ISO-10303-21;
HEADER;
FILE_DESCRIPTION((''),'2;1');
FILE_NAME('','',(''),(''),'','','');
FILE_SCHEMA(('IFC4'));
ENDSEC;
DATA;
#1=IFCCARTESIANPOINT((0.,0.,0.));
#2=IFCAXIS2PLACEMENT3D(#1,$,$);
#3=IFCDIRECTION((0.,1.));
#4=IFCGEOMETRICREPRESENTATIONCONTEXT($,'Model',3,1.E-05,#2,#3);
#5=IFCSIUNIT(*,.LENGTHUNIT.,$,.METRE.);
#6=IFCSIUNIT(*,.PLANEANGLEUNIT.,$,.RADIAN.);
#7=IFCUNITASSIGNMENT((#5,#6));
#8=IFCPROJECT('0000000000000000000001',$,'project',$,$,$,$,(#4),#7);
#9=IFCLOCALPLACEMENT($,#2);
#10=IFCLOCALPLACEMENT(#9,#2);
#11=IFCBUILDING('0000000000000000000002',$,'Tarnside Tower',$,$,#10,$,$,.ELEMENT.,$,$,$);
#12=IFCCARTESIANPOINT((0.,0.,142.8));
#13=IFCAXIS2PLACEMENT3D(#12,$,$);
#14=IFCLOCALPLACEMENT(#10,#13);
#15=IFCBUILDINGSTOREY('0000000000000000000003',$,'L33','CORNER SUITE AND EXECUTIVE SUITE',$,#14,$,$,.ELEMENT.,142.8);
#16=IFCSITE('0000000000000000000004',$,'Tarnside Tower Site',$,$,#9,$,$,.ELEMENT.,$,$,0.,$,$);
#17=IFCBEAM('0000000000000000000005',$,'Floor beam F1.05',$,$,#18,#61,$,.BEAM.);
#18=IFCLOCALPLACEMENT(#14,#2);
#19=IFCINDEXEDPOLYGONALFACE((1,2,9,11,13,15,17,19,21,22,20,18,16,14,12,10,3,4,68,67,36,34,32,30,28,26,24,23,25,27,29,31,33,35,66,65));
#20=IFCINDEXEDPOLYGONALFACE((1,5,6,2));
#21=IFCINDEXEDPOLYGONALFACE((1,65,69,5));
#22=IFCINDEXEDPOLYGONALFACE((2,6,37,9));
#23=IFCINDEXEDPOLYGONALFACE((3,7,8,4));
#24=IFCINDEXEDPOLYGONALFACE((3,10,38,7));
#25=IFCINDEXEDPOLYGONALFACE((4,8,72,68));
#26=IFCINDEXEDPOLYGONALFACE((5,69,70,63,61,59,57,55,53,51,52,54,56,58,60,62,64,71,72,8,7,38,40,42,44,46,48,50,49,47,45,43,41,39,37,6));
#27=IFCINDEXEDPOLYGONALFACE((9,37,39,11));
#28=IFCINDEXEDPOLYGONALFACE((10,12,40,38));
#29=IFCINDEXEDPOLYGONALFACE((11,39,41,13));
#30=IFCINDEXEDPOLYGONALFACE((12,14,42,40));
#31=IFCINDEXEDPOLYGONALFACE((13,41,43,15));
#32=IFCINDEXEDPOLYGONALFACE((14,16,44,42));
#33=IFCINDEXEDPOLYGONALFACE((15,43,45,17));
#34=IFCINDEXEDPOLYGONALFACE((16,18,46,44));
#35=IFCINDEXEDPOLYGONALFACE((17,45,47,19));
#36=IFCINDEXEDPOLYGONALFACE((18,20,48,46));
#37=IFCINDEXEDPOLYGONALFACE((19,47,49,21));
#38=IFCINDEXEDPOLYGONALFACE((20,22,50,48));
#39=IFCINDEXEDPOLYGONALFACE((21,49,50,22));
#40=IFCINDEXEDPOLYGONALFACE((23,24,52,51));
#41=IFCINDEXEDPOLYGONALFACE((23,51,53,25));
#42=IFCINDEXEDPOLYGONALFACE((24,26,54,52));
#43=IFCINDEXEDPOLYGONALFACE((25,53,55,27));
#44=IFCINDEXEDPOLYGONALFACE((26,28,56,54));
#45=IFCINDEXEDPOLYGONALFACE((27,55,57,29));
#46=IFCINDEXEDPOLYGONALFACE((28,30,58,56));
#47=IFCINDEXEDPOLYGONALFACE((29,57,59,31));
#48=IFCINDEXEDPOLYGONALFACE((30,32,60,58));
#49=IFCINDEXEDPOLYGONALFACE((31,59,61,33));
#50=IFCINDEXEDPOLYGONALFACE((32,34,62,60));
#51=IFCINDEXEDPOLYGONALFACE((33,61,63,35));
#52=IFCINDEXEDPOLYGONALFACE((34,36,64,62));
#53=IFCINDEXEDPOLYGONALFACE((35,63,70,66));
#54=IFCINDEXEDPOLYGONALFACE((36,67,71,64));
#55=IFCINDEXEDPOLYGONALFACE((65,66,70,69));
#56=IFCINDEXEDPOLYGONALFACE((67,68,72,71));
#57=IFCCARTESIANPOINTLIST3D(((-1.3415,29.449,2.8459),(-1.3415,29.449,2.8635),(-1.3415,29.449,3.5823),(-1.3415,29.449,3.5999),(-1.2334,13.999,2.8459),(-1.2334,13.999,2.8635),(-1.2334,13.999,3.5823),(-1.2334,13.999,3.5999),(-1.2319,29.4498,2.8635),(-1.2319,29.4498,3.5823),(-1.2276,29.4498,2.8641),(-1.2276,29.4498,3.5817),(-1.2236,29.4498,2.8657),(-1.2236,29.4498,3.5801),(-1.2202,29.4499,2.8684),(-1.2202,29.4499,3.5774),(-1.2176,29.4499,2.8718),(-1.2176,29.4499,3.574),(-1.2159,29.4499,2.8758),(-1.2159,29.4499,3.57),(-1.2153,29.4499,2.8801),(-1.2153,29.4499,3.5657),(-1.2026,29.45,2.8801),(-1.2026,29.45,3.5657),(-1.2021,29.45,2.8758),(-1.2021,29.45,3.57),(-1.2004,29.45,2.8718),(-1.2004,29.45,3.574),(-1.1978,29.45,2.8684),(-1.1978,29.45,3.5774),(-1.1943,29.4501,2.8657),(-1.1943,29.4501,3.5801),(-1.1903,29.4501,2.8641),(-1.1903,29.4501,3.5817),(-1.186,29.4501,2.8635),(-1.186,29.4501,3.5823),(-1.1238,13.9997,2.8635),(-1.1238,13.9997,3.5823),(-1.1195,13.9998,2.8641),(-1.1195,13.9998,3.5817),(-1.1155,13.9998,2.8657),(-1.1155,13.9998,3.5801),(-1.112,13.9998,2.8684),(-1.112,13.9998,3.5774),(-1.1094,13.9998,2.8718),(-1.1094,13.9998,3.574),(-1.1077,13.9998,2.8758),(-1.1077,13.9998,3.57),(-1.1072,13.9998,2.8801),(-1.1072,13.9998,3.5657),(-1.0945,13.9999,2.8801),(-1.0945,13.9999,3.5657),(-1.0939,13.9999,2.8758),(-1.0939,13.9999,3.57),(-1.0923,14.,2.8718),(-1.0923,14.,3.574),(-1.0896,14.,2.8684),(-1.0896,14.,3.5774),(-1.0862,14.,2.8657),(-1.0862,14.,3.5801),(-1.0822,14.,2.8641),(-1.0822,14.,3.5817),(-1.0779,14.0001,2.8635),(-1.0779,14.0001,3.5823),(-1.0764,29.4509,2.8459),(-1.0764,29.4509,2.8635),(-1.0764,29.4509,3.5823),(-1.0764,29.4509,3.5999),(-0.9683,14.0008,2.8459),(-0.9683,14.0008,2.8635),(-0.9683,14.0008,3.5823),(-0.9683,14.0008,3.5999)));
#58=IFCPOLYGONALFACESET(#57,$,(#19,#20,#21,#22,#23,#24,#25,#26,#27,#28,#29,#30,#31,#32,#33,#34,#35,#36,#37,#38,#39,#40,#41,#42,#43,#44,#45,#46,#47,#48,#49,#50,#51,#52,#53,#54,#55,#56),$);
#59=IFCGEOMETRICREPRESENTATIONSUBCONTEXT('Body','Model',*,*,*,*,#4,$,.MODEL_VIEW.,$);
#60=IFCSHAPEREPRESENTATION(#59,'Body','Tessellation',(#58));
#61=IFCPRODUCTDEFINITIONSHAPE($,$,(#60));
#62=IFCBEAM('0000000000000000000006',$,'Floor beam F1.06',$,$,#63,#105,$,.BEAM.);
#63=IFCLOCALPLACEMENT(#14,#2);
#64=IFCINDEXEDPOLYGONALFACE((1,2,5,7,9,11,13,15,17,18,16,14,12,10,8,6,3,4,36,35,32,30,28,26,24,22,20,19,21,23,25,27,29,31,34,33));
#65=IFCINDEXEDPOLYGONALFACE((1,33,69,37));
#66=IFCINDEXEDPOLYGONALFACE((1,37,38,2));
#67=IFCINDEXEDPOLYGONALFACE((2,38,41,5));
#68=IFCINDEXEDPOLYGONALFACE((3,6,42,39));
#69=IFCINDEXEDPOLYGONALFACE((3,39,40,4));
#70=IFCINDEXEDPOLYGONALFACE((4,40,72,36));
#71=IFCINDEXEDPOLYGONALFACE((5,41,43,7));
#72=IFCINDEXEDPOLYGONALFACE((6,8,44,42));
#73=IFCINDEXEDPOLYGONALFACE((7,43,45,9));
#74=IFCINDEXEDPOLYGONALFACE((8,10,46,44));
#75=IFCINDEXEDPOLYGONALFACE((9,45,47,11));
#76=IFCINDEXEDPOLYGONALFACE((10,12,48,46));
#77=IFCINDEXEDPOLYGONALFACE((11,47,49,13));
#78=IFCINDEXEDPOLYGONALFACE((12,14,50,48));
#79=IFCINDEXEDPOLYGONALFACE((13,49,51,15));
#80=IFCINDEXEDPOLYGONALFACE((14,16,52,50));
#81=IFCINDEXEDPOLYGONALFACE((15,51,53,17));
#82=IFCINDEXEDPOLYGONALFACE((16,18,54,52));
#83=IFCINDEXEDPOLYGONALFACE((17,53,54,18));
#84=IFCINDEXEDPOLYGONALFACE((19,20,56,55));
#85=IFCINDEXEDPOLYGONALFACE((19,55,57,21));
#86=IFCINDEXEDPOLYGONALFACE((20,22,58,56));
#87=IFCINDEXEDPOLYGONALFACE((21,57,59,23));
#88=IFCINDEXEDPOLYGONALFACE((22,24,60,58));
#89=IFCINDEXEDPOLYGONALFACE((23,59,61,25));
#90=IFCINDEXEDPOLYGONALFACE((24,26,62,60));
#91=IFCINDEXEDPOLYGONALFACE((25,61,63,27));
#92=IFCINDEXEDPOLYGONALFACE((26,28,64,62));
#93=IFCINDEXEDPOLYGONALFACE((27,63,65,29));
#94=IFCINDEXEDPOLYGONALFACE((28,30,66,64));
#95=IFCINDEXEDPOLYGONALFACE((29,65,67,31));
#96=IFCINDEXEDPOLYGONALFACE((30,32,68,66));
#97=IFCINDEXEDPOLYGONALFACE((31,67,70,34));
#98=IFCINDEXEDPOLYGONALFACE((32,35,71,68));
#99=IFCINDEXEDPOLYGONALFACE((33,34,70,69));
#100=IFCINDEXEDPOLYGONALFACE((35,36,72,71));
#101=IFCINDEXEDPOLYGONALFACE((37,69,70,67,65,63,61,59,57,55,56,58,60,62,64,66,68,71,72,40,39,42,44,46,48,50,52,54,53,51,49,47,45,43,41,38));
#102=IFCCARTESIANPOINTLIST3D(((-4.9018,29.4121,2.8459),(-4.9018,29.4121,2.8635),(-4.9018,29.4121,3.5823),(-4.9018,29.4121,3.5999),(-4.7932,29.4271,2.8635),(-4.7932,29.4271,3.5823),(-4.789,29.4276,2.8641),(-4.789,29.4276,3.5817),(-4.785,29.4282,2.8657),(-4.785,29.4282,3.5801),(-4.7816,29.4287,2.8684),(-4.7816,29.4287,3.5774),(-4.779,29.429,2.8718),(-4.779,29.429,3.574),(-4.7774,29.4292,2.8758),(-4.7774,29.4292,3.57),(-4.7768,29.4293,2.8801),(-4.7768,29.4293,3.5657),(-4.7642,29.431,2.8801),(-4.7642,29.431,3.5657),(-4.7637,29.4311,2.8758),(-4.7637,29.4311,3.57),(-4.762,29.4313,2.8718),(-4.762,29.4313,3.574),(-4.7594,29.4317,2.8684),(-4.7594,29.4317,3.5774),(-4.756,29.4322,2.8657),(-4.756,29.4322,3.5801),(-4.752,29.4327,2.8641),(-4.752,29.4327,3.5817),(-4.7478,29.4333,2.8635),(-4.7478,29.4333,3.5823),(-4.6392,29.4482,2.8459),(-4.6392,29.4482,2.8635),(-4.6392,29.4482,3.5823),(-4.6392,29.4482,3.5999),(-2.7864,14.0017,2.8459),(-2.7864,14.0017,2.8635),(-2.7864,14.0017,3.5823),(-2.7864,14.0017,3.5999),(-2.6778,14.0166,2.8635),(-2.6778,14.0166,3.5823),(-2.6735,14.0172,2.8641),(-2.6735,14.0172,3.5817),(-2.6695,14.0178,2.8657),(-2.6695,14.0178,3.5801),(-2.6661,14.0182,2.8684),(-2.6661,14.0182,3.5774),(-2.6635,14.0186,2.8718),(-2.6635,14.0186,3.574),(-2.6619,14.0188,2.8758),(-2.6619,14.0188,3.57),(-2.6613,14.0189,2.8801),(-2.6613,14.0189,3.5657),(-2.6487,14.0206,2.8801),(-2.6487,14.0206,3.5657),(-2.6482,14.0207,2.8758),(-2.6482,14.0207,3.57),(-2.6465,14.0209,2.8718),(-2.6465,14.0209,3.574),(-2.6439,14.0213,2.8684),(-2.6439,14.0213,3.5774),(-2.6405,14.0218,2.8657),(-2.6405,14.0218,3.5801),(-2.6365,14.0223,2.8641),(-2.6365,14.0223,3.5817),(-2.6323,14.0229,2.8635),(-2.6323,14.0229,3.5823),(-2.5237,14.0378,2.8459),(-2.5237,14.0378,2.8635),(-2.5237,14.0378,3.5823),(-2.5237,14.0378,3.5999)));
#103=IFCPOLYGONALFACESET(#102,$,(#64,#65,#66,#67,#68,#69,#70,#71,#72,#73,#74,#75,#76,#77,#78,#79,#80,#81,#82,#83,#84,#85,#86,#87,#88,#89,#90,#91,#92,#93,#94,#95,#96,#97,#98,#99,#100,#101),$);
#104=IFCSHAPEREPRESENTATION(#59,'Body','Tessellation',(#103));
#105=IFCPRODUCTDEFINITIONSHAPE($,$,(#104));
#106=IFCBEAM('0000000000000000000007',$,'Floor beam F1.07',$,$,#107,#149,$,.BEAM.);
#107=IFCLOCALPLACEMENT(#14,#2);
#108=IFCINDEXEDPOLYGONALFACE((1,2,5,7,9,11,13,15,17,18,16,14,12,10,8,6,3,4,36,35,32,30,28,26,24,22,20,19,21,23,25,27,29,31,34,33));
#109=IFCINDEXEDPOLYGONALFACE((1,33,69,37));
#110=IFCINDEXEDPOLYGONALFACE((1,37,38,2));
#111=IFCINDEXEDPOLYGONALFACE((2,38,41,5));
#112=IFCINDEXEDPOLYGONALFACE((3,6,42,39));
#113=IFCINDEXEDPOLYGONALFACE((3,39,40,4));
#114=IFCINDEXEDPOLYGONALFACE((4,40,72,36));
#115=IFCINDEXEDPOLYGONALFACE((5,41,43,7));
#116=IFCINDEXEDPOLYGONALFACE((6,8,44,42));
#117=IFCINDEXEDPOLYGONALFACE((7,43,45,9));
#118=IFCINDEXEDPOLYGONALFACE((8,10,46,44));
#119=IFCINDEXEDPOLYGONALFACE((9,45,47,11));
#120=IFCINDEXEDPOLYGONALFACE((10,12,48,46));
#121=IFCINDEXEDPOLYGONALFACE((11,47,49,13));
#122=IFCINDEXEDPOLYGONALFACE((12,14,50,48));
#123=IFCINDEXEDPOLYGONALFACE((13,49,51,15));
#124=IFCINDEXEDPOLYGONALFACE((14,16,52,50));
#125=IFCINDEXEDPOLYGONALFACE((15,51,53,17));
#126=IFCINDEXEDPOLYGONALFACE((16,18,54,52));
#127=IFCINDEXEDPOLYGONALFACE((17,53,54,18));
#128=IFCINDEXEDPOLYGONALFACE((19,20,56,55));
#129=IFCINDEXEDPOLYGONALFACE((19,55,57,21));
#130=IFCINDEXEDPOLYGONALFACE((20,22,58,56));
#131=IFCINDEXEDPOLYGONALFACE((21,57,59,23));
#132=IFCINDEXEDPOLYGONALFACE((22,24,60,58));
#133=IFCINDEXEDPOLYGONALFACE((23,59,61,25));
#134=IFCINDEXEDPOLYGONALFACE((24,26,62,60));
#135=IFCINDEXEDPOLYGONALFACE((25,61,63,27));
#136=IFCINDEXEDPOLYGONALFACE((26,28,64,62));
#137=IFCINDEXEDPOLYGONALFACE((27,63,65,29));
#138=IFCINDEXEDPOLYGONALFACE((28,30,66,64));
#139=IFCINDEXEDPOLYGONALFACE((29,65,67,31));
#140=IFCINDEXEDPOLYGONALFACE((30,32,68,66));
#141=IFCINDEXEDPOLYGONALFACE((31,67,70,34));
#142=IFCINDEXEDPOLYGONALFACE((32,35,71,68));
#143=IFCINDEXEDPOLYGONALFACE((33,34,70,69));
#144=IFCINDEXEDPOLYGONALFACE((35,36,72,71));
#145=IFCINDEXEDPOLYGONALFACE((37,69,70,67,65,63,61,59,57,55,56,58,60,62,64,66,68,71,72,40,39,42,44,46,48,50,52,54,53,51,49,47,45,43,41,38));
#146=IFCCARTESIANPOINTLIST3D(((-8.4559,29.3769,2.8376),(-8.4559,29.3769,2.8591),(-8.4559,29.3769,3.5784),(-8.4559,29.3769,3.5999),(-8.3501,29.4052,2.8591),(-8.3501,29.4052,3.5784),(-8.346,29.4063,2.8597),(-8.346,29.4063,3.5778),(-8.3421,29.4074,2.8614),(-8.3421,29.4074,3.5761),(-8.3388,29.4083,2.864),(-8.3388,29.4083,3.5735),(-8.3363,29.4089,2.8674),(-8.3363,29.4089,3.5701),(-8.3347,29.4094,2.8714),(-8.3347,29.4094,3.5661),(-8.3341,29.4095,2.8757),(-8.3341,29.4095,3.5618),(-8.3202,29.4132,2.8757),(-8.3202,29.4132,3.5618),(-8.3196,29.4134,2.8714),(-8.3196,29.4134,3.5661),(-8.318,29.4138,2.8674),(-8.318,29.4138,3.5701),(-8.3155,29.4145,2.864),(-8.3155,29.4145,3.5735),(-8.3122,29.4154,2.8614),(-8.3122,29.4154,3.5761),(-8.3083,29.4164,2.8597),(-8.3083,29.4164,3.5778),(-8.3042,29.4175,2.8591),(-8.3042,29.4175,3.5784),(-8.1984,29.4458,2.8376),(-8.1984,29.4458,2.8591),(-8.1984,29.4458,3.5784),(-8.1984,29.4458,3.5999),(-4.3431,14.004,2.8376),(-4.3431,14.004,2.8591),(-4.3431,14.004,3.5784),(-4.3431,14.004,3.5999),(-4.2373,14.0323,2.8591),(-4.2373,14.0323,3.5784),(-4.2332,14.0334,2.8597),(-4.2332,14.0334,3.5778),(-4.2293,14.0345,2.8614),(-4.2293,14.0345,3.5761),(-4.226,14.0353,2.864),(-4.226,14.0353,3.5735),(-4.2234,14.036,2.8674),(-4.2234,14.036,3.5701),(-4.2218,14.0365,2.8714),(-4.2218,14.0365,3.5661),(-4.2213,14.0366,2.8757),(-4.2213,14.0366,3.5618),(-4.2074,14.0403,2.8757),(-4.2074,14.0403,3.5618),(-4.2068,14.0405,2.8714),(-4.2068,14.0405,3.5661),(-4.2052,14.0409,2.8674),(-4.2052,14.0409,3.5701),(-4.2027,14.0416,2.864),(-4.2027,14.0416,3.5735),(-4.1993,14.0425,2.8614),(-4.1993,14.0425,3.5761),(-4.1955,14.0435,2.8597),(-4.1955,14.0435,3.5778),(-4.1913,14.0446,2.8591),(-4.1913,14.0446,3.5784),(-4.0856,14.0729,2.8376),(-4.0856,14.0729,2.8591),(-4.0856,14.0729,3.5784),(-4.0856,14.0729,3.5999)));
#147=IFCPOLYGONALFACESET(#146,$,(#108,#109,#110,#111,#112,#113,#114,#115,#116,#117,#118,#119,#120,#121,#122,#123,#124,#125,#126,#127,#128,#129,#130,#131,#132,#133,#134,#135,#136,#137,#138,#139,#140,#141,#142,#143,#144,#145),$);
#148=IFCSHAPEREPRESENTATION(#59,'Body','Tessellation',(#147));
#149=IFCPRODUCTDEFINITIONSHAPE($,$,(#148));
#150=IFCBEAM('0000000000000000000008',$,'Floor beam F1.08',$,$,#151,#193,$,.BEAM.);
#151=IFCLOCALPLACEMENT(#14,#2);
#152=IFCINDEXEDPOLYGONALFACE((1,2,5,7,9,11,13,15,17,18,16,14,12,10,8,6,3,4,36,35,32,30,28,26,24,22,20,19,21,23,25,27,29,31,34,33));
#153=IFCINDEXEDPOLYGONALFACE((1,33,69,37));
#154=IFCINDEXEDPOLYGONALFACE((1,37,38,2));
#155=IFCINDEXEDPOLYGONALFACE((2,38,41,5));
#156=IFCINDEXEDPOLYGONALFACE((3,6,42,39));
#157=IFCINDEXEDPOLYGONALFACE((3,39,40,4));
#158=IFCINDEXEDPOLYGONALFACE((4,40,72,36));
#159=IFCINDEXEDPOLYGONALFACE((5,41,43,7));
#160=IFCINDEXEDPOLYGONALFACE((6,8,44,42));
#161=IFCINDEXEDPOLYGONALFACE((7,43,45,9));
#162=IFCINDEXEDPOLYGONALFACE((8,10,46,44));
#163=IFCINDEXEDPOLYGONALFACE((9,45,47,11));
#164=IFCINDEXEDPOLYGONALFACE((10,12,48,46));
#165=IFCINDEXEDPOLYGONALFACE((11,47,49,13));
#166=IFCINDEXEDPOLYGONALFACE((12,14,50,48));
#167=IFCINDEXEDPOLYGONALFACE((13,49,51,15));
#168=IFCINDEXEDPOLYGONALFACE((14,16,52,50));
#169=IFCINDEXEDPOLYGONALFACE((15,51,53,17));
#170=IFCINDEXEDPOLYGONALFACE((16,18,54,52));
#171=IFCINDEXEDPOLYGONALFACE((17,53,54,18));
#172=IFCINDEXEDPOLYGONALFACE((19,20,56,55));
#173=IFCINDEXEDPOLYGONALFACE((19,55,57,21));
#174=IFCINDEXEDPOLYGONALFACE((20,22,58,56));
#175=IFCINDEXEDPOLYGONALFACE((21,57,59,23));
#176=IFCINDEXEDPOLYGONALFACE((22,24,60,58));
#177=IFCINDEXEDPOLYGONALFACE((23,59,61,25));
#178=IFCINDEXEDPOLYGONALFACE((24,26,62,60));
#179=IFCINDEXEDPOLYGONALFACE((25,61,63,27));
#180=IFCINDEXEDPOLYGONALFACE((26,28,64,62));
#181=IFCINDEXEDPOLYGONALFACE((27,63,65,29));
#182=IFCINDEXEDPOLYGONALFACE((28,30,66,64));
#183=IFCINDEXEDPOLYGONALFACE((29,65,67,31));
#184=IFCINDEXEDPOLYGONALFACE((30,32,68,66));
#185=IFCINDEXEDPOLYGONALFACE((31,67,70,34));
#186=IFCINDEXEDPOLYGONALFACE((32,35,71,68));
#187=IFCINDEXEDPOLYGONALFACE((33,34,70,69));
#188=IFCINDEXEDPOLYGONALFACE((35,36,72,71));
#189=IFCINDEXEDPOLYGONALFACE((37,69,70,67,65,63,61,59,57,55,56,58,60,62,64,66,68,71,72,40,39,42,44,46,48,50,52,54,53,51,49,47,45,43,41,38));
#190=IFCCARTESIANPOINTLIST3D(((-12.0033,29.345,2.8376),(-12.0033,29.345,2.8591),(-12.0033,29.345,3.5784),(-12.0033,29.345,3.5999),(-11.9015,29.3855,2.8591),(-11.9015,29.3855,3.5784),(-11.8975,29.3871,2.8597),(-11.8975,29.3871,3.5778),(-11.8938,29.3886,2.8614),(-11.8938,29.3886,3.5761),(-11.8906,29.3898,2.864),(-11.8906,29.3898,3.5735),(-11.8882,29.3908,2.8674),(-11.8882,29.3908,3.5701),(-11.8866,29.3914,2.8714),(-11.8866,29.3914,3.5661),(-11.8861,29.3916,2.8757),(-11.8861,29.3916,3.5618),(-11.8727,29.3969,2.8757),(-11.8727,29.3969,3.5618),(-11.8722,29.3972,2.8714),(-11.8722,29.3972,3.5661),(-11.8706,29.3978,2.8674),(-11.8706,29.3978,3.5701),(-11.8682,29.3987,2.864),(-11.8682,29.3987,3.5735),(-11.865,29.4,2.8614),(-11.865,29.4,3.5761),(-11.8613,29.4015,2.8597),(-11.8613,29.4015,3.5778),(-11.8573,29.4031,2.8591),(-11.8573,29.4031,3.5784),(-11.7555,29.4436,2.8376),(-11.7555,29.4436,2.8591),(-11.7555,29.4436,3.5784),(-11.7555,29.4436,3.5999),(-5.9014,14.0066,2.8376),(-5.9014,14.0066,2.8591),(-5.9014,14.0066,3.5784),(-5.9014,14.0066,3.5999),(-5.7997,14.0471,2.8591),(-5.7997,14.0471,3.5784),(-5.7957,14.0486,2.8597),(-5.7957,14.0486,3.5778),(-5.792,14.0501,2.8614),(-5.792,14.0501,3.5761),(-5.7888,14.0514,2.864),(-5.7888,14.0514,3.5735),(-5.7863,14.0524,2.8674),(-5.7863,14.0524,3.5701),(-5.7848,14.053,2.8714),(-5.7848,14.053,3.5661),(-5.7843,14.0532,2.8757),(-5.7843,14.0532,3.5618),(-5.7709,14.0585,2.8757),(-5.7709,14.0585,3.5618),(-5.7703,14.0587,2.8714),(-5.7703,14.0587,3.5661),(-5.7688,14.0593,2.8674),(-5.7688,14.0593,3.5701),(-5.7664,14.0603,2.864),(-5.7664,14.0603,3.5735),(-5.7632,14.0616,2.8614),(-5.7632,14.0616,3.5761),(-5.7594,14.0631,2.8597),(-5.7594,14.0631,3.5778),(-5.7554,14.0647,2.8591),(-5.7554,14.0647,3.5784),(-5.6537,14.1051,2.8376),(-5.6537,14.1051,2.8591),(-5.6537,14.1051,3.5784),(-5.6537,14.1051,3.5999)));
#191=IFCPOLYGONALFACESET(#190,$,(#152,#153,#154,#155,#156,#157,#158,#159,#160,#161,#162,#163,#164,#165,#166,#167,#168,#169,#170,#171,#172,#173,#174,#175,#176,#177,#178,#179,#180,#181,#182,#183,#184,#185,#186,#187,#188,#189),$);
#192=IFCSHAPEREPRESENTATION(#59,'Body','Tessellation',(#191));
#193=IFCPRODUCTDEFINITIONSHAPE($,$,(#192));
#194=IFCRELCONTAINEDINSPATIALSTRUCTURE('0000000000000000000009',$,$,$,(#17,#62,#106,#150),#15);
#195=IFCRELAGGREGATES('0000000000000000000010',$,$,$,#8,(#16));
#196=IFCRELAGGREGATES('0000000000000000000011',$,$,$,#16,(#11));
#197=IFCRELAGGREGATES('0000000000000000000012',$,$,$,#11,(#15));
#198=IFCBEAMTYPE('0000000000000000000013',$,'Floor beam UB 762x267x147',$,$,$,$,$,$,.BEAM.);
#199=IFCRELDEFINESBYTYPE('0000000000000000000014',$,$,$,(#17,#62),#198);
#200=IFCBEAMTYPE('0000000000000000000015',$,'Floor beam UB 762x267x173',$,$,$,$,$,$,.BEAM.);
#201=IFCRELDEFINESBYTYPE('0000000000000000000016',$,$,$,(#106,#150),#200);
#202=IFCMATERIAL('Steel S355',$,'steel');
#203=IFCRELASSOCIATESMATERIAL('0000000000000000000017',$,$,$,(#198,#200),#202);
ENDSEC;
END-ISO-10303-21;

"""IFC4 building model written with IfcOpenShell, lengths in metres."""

from ifc_helpers import new_model, si_unit, direction, frame, origin, origin_2d, place, context, subcontext, project, spatial, i_section, extrude, material, material_profile, profile_set, type_object, element, save


model = new_model("IFC4")

# Units and contexts
model_context = context("Model", 3, precision=1e-05, world=origin(), true_north=direction((0.0, 1.0)))
body_context = subcontext(model_context, "Body", "Model", "MODEL_VIEW")
ifc_project = project(units=[si_unit("LENGTHUNIT", "METRE"), si_unit("PLANEANGLEUNIT", "RADIAN")], contexts=[model_context])

# Site, building, storey
site_placement = place(None, origin())
site = spatial("IfcSite", under=ifc_project, at=site_placement, Name="Tarnside Tower Site", CompositionType="ELEMENT", RefElevation=0.0)
building_placement = place(site_placement, origin())
building = spatial("IfcBuilding", under=site, at=building_placement, Name="Tarnside Tower", CompositionType="ELEMENT")
storey_placement = place(building_placement, frame((0.0, 0.0, 142.8)))
storey = spatial("IfcBuildingStorey", under=building, at=storey_placement, Name="L33", Description="CORNER SUITE AND EXECUTIVE SUITE", CompositionType="ELEMENT", Elevation=142.8)

# Beams
ifc_material_1 = material(Name="Steel S355", Category="steel")
ifc_material_profile_1 = material_profile(ifc_material_1, i_section(OverallWidth=0.2651, OverallDepth=0.7539, WebThickness=0.0127, FlangeThickness=0.0176, FilletRadius=0.0166, at=origin_2d()), Name="UB 762x267x147")
ifc_profile_set_1 = profile_set([ifc_material_profile_1], Name="Steel S355")
beam_type_1 = type_object("IfcBeamType", Name="Floor beam UB 762x267x147", PredefinedType="BEAM", material=ifc_profile_set_1)
beam_1_placement = place(storey_placement, frame((-1.209, 29.45, 3.2229), z_axis=(0.007, -0.999975, 0.0), x_axis=(0.999975, 0.007, 0.0)))
element("IfcBeam", 1, at=beam_1_placement, inside=storey, type_object=beam_type_1, Name="Floor beam F1.05", PredefinedType="BEAM", context=body_context, shape_type="SweptSolid", body=[
    extrude(i_section(OverallWidth=0.2651, OverallDepth=0.7539, WebThickness=0.0127, FlangeThickness=0.0176, FilletRadius=0.0166, at=origin_2d()), origin(), (0.0, 0.0, 1.0), 15.4504),
])
beam_2_placement = place(storey_placement, frame((-4.7705, 29.4302, 3.2229), z_axis=(0.136001, -0.990709, 0.0), x_axis=(0.990709, 0.136001, 0.0)))
element("IfcBeam", 2, at=beam_2_placement, inside=storey, type_object=beam_type_1, Name="Floor beam F1.06", PredefinedType="BEAM", context=body_context, shape_type="SweptSolid", body=[
    extrude(i_section(OverallWidth=0.2651, OverallDepth=0.7539, WebThickness=0.0127, FlangeThickness=0.0176, FilletRadius=0.0166, at=origin_2d()), origin(), (0.0, 0.0, 1.0), 15.5549),
])
ifc_material_profile_2 = material_profile(ifc_material_1, i_section(OverallWidth=0.2666, OverallDepth=0.7622, WebThickness=0.0144, FlangeThickness=0.0215, FilletRadius=0.0166, at=origin_2d()), Name="UB 762x267x173")
ifc_profile_set_2 = profile_set([ifc_material_profile_2], Name="Steel S355")
beam_type_2 = type_object("IfcBeamType", Name="Floor beam UB 762x267x173", PredefinedType="BEAM", material=ifc_profile_set_2)
beam_3_placement = place(storey_placement, frame((-8.3271, 29.4114, 3.2188), z_axis=(0.258447, -0.966025, 0.0), x_axis=(0.966025, 0.258447, 0.0)))
element("IfcBeam", 3, at=beam_3_placement, inside=storey, type_object=beam_type_2, Name="Floor beam F1.07", PredefinedType="BEAM", context=body_context, shape_type="SweptSolid", body=[
    extrude(i_section(OverallWidth=0.2666, OverallDepth=0.7622, WebThickness=0.0144, FlangeThickness=0.0215, FilletRadius=0.0166, at=origin_2d()), origin(), (0.0, 0.0, 1.0), 15.9136),
])
beam_4_placement = place(storey_placement, frame((-11.8794, 29.3943, 3.2188), z_axis=(0.369638, -0.929176, 0.0), x_axis=(0.929176, 0.369638, 0.0)))
element("IfcBeam", 4, at=beam_4_placement, inside=storey, type_object=beam_type_2, Name="Floor beam F1.08", PredefinedType="BEAM", context=body_context, shape_type="SweptSolid", body=[
    extrude(i_section(OverallWidth=0.2666, OverallDepth=0.7622, WebThickness=0.0144, FlangeThickness=0.0215, FilletRadius=0.0166, at=origin_2d()), origin(), (0.0, 0.0, 1.0), 16.5076),
])

save(model, "model.ifc")
